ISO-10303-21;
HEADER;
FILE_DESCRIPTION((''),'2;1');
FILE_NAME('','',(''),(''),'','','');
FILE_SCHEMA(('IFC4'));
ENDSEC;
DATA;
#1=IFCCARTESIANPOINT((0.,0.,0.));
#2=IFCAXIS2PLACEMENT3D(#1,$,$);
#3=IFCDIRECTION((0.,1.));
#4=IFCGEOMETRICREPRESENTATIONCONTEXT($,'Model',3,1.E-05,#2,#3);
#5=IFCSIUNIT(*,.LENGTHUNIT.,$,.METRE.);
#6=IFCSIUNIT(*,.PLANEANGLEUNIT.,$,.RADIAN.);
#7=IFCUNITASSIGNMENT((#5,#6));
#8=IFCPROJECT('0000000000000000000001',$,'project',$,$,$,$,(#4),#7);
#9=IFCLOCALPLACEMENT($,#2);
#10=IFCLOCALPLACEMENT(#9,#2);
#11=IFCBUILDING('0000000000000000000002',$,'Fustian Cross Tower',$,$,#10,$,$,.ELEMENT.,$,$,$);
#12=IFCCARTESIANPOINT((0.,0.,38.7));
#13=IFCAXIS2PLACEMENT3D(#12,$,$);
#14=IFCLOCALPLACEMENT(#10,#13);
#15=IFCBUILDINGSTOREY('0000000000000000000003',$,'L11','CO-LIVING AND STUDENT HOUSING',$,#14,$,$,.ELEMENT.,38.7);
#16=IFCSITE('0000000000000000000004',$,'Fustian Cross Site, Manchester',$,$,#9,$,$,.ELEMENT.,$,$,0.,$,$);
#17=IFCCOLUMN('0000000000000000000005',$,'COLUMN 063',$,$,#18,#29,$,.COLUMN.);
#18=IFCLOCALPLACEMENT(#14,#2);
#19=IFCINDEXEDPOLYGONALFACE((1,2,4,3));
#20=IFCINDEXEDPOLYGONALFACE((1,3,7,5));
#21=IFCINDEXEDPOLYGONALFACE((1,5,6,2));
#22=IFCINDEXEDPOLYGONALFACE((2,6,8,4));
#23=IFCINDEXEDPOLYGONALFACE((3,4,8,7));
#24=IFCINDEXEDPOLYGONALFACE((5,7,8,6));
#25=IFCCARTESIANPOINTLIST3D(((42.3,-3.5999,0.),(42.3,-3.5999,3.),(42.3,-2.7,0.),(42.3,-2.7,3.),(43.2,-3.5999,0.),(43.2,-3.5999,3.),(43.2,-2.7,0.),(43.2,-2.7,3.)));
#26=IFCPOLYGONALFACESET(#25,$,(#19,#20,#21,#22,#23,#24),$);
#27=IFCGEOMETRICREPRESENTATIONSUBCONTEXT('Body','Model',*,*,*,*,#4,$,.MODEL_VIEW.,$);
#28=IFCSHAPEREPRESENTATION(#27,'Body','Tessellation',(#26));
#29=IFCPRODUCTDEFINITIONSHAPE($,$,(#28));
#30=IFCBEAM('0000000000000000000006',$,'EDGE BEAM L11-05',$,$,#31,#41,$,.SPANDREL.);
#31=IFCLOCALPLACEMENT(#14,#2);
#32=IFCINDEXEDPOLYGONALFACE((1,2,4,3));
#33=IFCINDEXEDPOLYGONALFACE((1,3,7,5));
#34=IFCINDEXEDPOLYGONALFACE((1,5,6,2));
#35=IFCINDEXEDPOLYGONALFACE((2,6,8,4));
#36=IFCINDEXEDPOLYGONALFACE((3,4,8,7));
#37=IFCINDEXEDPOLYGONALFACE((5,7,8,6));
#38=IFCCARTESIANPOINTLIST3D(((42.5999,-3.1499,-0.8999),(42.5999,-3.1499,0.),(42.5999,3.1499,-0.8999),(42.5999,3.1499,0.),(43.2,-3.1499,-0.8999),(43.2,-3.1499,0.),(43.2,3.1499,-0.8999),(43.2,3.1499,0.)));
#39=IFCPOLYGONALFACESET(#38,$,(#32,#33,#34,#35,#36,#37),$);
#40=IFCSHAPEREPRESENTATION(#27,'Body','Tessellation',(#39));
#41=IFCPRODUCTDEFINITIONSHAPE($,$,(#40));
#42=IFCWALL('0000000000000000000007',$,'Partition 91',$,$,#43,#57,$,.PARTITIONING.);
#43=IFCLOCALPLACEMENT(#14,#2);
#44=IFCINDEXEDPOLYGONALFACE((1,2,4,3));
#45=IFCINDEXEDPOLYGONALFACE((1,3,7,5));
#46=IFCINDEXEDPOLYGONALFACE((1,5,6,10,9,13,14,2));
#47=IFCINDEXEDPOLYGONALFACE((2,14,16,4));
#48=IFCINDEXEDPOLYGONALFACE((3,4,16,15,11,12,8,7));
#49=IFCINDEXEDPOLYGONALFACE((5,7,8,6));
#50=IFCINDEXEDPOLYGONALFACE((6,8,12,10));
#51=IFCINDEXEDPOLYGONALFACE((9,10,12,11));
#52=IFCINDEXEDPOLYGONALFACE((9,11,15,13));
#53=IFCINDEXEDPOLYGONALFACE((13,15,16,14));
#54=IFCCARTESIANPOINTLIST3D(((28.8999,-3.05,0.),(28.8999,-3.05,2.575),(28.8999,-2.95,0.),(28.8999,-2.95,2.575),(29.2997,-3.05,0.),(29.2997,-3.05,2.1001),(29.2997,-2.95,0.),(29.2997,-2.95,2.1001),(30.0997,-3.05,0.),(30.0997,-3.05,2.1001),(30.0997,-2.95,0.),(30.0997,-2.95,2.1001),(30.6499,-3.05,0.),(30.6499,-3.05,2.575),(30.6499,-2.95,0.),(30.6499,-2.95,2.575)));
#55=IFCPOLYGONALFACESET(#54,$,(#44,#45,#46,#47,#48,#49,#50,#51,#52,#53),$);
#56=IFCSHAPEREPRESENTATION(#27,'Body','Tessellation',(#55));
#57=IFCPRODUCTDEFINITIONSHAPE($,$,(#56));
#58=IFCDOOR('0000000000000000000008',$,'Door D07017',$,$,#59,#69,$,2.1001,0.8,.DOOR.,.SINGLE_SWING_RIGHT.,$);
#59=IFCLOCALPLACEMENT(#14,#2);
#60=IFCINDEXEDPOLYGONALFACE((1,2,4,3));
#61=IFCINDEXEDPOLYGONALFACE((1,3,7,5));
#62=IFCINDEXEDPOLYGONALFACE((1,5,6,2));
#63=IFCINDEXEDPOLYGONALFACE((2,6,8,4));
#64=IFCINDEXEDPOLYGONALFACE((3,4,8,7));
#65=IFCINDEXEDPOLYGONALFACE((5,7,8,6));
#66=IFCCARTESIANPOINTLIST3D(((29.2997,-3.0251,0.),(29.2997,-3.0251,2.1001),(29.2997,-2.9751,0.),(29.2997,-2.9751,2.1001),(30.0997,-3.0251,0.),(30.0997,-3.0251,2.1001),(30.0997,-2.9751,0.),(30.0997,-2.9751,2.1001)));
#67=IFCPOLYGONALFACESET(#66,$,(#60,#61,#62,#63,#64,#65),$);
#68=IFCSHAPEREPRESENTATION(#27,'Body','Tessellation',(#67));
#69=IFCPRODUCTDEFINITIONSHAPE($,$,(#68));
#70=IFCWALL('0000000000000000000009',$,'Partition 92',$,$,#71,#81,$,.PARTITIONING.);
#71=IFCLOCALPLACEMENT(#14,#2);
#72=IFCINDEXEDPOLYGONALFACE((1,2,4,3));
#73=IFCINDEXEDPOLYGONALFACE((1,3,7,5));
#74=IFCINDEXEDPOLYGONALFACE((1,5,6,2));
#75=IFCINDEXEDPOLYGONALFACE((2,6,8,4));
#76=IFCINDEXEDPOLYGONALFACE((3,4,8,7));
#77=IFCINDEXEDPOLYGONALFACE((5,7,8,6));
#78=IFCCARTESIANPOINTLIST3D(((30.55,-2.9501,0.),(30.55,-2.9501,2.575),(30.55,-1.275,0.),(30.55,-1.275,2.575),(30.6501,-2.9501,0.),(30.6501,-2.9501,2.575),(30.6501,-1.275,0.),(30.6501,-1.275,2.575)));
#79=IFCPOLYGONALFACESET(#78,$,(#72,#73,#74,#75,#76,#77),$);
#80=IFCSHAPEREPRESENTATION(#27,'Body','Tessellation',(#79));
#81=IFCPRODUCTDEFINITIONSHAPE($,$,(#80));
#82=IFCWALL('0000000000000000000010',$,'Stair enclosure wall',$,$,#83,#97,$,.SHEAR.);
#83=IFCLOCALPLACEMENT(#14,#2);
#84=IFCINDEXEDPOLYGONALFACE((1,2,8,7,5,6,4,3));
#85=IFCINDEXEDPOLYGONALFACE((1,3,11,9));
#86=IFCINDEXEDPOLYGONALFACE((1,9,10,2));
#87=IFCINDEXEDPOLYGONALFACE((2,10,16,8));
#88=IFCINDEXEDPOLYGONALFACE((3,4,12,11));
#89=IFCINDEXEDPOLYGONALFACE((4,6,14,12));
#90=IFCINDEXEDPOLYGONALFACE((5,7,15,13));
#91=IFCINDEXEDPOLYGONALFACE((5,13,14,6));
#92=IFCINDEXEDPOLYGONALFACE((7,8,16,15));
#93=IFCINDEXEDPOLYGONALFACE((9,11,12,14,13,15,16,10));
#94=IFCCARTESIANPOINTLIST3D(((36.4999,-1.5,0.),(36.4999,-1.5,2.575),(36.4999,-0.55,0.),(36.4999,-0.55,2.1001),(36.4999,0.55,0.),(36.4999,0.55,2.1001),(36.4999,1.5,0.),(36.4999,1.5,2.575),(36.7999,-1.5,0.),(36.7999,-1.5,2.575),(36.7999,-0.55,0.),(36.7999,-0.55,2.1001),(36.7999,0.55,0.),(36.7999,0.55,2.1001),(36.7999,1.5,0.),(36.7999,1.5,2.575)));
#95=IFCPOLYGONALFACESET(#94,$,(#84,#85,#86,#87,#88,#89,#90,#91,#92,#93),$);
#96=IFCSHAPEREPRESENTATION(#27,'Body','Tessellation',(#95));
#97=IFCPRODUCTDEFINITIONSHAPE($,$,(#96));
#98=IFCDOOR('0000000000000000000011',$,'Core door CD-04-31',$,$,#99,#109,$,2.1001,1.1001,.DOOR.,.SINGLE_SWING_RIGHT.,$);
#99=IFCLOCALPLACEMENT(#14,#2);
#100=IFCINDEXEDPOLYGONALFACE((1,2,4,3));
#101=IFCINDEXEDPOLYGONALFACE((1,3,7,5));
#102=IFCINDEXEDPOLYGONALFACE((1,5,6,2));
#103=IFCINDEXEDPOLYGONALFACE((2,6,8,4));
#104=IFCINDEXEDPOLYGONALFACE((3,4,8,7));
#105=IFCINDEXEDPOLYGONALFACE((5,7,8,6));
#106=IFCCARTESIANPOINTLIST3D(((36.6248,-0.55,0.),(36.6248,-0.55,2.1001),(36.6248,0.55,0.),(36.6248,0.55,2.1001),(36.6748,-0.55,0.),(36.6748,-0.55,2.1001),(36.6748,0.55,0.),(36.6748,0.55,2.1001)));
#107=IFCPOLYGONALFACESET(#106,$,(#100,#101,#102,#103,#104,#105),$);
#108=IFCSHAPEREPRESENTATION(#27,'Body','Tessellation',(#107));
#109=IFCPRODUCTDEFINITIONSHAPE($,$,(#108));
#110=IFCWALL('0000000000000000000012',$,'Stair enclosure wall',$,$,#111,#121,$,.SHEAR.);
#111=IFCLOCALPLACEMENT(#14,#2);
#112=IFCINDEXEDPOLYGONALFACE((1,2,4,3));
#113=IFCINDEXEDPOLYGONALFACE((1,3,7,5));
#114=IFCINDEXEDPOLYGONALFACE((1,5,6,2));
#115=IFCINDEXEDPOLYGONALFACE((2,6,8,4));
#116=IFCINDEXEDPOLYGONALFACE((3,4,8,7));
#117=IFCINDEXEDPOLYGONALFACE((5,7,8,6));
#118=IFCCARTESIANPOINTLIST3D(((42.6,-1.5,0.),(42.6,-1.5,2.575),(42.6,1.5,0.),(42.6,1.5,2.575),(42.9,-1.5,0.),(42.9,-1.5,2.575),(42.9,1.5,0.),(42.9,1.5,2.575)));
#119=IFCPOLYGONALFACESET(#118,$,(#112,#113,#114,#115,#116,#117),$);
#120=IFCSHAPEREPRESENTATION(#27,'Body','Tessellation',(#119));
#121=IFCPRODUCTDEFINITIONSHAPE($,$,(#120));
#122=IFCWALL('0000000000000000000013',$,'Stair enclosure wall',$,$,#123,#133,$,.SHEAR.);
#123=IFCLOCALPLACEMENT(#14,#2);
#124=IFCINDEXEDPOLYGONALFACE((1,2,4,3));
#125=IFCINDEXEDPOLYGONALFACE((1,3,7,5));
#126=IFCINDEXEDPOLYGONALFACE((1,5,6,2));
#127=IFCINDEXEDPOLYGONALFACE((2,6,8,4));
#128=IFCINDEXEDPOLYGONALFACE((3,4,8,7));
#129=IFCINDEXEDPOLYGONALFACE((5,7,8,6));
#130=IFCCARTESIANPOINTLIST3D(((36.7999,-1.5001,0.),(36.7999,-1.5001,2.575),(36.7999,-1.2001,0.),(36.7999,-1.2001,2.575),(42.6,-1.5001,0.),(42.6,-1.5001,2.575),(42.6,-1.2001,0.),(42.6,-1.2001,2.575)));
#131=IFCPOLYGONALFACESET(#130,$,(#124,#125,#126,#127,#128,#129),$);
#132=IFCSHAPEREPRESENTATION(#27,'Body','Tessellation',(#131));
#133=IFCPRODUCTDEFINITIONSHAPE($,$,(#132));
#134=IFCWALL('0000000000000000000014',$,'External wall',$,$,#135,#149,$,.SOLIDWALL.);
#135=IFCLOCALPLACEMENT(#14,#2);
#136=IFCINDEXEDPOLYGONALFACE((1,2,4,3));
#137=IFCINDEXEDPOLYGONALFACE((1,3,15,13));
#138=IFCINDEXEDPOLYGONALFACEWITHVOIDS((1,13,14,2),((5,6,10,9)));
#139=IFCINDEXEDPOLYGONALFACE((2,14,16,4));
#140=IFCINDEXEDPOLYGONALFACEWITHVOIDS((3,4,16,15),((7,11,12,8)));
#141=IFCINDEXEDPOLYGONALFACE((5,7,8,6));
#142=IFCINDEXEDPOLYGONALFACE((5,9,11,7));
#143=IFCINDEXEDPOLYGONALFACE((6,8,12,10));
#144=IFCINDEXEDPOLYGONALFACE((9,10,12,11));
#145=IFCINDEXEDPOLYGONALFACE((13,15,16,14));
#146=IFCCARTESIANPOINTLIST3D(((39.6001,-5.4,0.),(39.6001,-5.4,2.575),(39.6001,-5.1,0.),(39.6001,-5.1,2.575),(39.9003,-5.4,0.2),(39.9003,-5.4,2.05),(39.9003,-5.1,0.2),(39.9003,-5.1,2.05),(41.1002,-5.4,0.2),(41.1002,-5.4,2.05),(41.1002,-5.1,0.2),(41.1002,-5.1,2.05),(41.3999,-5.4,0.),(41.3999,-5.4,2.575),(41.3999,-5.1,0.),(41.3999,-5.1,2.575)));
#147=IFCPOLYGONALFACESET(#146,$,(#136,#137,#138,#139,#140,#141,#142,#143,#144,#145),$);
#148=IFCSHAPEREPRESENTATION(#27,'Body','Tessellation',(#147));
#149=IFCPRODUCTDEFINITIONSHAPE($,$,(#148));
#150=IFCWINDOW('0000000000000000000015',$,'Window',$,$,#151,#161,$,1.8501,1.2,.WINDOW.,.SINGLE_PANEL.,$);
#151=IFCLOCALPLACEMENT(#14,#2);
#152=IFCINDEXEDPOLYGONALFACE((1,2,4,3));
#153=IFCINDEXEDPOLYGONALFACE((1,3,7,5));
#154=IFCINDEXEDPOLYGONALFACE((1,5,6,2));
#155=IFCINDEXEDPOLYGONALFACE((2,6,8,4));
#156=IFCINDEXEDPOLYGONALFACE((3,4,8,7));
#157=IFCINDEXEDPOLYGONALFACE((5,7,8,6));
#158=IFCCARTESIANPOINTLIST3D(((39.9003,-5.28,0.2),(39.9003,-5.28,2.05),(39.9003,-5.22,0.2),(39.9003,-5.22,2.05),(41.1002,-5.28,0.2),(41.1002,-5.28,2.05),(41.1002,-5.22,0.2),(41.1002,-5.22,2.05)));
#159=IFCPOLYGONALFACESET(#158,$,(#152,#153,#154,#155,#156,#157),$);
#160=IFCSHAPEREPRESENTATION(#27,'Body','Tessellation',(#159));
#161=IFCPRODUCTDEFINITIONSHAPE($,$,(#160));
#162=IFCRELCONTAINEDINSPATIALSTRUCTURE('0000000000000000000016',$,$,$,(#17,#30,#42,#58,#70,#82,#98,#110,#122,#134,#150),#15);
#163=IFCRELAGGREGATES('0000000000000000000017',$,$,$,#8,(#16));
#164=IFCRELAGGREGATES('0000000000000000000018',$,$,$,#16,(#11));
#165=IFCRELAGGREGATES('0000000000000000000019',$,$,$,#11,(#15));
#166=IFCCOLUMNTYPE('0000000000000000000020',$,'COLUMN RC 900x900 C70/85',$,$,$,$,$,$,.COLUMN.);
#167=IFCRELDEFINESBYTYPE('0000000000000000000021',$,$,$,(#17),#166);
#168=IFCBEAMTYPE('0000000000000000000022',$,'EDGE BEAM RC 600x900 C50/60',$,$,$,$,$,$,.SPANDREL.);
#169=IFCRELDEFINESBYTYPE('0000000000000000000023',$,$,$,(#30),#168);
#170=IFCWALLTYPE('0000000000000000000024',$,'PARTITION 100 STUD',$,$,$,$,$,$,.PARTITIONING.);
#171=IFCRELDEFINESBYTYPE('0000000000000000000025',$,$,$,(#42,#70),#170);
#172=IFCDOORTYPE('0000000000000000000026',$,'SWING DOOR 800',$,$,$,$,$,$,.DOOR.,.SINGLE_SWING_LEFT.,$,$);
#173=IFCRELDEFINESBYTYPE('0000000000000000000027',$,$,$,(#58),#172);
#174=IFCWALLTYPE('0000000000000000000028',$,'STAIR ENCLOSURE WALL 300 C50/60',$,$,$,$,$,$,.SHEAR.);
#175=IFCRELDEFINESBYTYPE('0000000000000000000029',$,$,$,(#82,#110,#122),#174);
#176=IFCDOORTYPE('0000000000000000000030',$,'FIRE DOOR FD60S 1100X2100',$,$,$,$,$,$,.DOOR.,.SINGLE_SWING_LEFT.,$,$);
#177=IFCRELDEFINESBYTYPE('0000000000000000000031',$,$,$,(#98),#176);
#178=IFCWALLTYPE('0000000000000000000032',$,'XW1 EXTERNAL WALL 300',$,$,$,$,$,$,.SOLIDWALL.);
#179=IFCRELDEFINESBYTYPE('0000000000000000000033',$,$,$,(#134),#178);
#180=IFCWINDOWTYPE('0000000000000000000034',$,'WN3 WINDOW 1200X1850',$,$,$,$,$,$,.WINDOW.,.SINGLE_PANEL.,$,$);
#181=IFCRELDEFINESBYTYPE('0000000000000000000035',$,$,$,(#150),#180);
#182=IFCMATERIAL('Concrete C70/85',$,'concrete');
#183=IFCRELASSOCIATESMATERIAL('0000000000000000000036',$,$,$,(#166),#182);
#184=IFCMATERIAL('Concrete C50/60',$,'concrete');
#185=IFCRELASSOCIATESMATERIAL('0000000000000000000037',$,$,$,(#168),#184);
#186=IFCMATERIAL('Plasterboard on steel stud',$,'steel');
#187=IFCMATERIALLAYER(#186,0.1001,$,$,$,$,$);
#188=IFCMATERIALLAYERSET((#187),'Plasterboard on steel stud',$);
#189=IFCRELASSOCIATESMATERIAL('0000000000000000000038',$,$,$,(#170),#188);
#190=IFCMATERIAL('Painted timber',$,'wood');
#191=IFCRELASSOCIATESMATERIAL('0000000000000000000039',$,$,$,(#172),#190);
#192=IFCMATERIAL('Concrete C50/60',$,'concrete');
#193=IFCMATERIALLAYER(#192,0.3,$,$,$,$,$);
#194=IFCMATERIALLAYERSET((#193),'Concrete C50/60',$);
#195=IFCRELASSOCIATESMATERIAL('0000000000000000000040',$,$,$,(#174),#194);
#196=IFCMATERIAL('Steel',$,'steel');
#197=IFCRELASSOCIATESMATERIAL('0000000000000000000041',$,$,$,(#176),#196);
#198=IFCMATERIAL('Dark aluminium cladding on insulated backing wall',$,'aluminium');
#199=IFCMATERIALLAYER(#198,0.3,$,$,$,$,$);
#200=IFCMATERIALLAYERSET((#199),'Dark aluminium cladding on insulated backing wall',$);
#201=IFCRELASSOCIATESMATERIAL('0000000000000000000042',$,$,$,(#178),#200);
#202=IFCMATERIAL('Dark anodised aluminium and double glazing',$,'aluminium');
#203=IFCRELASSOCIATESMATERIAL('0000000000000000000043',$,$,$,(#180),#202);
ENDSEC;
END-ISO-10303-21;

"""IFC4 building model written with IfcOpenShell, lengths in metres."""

from ifc_helpers import new_model, si_unit, direction, frame, frame_2d, origin, origin_2d, place, context, subcontext, project, spatial, rectangle, extrude, material, layer, layer_set, material_profile, profile_set, type_object, element, fill, save


model = new_model("IFC4")

# Units and contexts
model_context = context("Model", 3, precision=1e-05, world=origin(), true_north=direction((0.0, 1.0)))
body_context = subcontext(model_context, "Body", "Model", "MODEL_VIEW")
ifc_project = project(units=[si_unit("LENGTHUNIT", "METRE"), si_unit("PLANEANGLEUNIT", "RADIAN")], contexts=[model_context])

# Site, building, storey
site_placement = place(None, origin())
site = spatial("IfcSite", under=ifc_project, at=site_placement, Name="Fustian Cross Site, Manchester", CompositionType="ELEMENT", RefElevation=0.0)
building_placement = place(site_placement, origin())
building = spatial("IfcBuilding", under=site, at=building_placement, Name="Fustian Cross Tower", CompositionType="ELEMENT")
storey_placement = place(building_placement, frame((0.0, 0.0, 38.7)))
storey = spatial("IfcBuildingStorey", under=building, at=storey_placement, Name="L11", Description="CO-LIVING AND STUDENT HOUSING", CompositionType="ELEMENT", Elevation=38.7)

# Column
ifc_material_1 = material(Name="Concrete C70/85", Category="concrete")
ifc_material_profile_1 = material_profile(ifc_material_1, rectangle(XDim=0.8999, YDim=0.8999, at=origin_2d()), Name="RC 900x900")
ifc_profile_set_1 = profile_set([ifc_material_profile_1], Name="Concrete C70/85")
column_type = type_object("IfcColumnType", Name="COLUMN RC 900x900 C70/85", PredefinedType="COLUMN", material=ifc_profile_set_1)
column_placement = place(storey_placement, frame((42.75, -3.1499, 0.0), z_axis=(0.0, 0.0, 1.0), x_axis=(1.0, 0.0, 0.0)))
element("IfcColumn", 1, at=column_placement, inside=storey, type_object=column_type, Name="COLUMN 063", PredefinedType="COLUMN", context=body_context, shape_type="SweptSolid", body=[
    extrude(rectangle(XDim=0.8999, YDim=0.8999, at=origin_2d()), origin(), (0.0, 0.0, 1.0), 3.0),
])

# Beam
ifc_material_2 = material(Name="Concrete C50/60", Category="concrete")
ifc_material_profile_2 = material_profile(ifc_material_2, rectangle(XDim=0.6001, YDim=0.8999, at=origin_2d()), Name="RC 600x900")
ifc_profile_set_2 = profile_set([ifc_material_profile_2], Name="Concrete C50/60")
beam_type = type_object("IfcBeamType", Name="EDGE BEAM RC 600x900 C50/60", PredefinedType="SPANDREL", material=ifc_profile_set_2)
beam_placement = place(storey_placement, frame((42.8999, -3.1499, -0.45), z_axis=(0.0, 1.0, 0.0), x_axis=(-1.0, 0.0, 0.0)))
element("IfcBeam", 2, at=beam_placement, inside=storey, type_object=beam_type, Name="EDGE BEAM L11-05", PredefinedType="SPANDREL", context=body_context, shape_type="SweptSolid", body=[
    extrude(rectangle(XDim=0.6001, YDim=0.8999, at=origin_2d()), origin(), (0.0, 0.0, 1.0), 6.2998),
])

# Wall, opening, door
ifc_material_3 = material(Name="Plasterboard on steel stud", Category="steel")
ifc_layer_1 = layer(ifc_material_3, 0.1001)
ifc_layer_set_1 = layer_set([ifc_layer_1], Name="Plasterboard on steel stud")
wall_type_1 = type_object("IfcWallType", Name="PARTITION 100 STUD", PredefinedType="PARTITIONING", material=ifc_layer_set_1)
wall_1_placement = place(storey_placement, frame((28.8999, -3.0, 0.0), z_axis=(0.0, 0.0, 1.0), x_axis=(1.0, 0.0, 0.0)))
wall_1 = element("IfcWall", 3, at=wall_1_placement, inside=storey, type_object=wall_type_1, Name="Partition 91", PredefinedType="PARTITIONING", context=body_context, shape_type="SweptSolid", body=[
    extrude(rectangle(XDim=1.75, YDim=0.1001, at=frame_2d((0.875, 0.0))), origin(), (0.0, 0.0, 1.0), 2.575),
])
opening_1_placement = place(wall_1_placement, frame((0.3999, 0.0, 0.0)))
opening_1 = element("IfcOpeningElement", 4, at=opening_1_placement, cuts=wall_1, PredefinedType="OPENING", context=body_context, shape_type="SweptSolid", body=[
    extrude(rectangle(XDim=0.8, YDim=2.1001, at=frame_2d((0.3999, 1.05))), frame((0.0, 0.0601, 0.0), z_axis=(0.0, -1.0, 0.0), x_axis=(1.0, 0.0, 0.0)), (0.0, 0.0, 1.0), 0.1201),
])
ifc_material_4 = material(Name="Painted timber", Category="wood")
door_type_1 = type_object("IfcDoorType", Name="SWING DOOR 800", OperationType="SINGLE_SWING_LEFT", PredefinedType="DOOR", material=ifc_material_4)
door_1_placement = place(opening_1_placement, origin())
door_1 = element("IfcDoor", 5, at=door_1_placement, inside=storey, type_object=door_type_1, Name="Door D07017", OperationType="SINGLE_SWING_RIGHT", OverallHeight=2.1001, OverallWidth=0.8, PredefinedType="DOOR", context=body_context, shape_type="SweptSolid", body=[
    extrude(rectangle(XDim=0.8, YDim=2.1001, at=frame_2d((0.3999, 1.05))), frame((0.0, 0.0249, 0.0), z_axis=(0.0, -1.0, 0.0), x_axis=(1.0, 0.0, 0.0)), (0.0, 0.0, 1.0), 0.05),
])
fill(opening_1, door_1)

# Wall
wall_2_placement = place(storey_placement, frame((30.6001, -2.95, 0.0), z_axis=(0.0, 0.0, 1.0), x_axis=(0.0, 1.0, 0.0)))
element("IfcWall", 6, at=wall_2_placement, inside=storey, type_object=wall_type_1, Name="Partition 92", PredefinedType="PARTITIONING", context=body_context, shape_type="SweptSolid", body=[
    extrude(rectangle(XDim=1.675, YDim=0.1001, at=frame_2d((0.8374, 0.0))), origin(), (0.0, 0.0, 1.0), 2.575),
])

# Wall, opening, door
ifc_material_5 = material(Name="Concrete C50/60", Category="concrete")
ifc_layer_2 = layer(ifc_material_5, 0.3)
ifc_layer_set_2 = layer_set([ifc_layer_2], Name="Concrete C50/60")
wall_type_2 = type_object("IfcWallType", Name="STAIR ENCLOSURE WALL 300 C50/60", PredefinedType="SHEAR", material=ifc_layer_set_2)
wall_3_placement = place(storey_placement, frame((36.6499, -1.5, 0.0), z_axis=(0.0, 0.0, 1.0), x_axis=(0.0, 1.0, 0.0)))
wall_3 = element("IfcWall", 7, at=wall_3_placement, inside=storey, type_object=wall_type_2, Name="Stair enclosure wall", PredefinedType="SHEAR", context=body_context, shape_type="SweptSolid", body=[
    extrude(rectangle(XDim=3.0, YDim=0.3, at=frame_2d((1.5, 0.0))), origin(), (0.0, 0.0, 1.0), 2.575),
])
opening_2_placement = place(wall_3_placement, frame((0.95, 0.0, 0.0)))
opening_2 = element("IfcOpeningElement", 8, at=opening_2_placement, cuts=wall_3, PredefinedType="OPENING", context=body_context, shape_type="SweptSolid", body=[
    extrude(rectangle(XDim=1.1001, YDim=2.1001, at=frame_2d((0.55, 1.05))), frame((0.0, 0.1599, 0.0), z_axis=(0.0, -1.0, 0.0), x_axis=(1.0, 0.0, 0.0)), (0.0, 0.0, 1.0), 0.3201),
])
ifc_material_6 = material(Name="Steel", Category="steel")
door_type_2 = type_object("IfcDoorType", Name="FIRE DOOR FD60S 1100X2100", OperationType="SINGLE_SWING_LEFT", PredefinedType="DOOR", material=ifc_material_6)
door_2_placement = place(opening_2_placement, frame((1.1001, 0.0, 0.0), z_axis=(0.0, 0.0, 1.0), x_axis=(-1.0, 0.0, 0.0)))
door_2 = element("IfcDoor", 9, at=door_2_placement, inside=storey, type_object=door_type_2, Name="Core door CD-04-31", OperationType="SINGLE_SWING_RIGHT", OverallHeight=2.1001, OverallWidth=1.1001, PredefinedType="DOOR", context=body_context, shape_type="SweptSolid", body=[
    extrude(rectangle(XDim=1.1001, YDim=2.1001, at=frame_2d((0.55, 1.05))), frame((0.0, 0.0249, 0.0), z_axis=(0.0, -1.0, 0.0), x_axis=(1.0, 0.0, 0.0)), (0.0, 0.0, 1.0), 0.05),
])
fill(opening_2, door_2)

# Walls
wall_4_placement = place(storey_placement, frame((42.75, -1.5, 0.0), z_axis=(0.0, 0.0, 1.0), x_axis=(0.0, 1.0, 0.0)))
element("IfcWall", 10, at=wall_4_placement, inside=storey, type_object=wall_type_2, Name="Stair enclosure wall", PredefinedType="SHEAR", context=body_context, shape_type="SweptSolid", body=[
    extrude(rectangle(XDim=3.0, YDim=0.3, at=frame_2d((1.5, 0.0))), origin(), (0.0, 0.0, 1.0), 2.575),
])
wall_5_placement = place(storey_placement, frame((36.8, -1.3501, 0.0), z_axis=(0.0, 0.0, 1.0), x_axis=(1.0, 0.0, 0.0)))
element("IfcWall", 11, at=wall_5_placement, inside=storey, type_object=wall_type_2, Name="Stair enclosure wall", PredefinedType="SHEAR", context=body_context, shape_type="SweptSolid", body=[
    extrude(rectangle(XDim=5.8, YDim=0.3, at=frame_2d((2.8999, 0.0))), origin(), (0.0, 0.0, 1.0), 2.575),
])

# Wall, opening, window
ifc_material_7 = material(Name="Dark aluminium cladding on insulated backing wall", Category="aluminium")
ifc_layer_3 = layer(ifc_material_7, 0.3)
ifc_layer_set_3 = layer_set([ifc_layer_3], Name="Dark aluminium cladding on insulated backing wall")
wall_type_3 = type_object("IfcWallType", Name="XW1 EXTERNAL WALL 300", PredefinedType="SOLIDWALL", material=ifc_layer_set_3)
wall_6_placement = place(storey_placement, frame((39.6001, -5.25, 0.0), z_axis=(0.0, 0.0, 1.0), x_axis=(1.0, 0.0, 0.0)))
wall_6 = element("IfcWall", 12, at=wall_6_placement, inside=storey, type_object=wall_type_3, Name="External wall", PredefinedType="SOLIDWALL", context=body_context, shape_type="SweptSolid", body=[
    extrude(rectangle(XDim=1.7998, YDim=0.3, at=frame_2d((0.8999, 0.0))), origin(), (0.0, 0.0, 1.0), 2.575),
])
opening_3_placement = place(wall_6_placement, frame((0.3, 0.0, 0.2)))
opening_3 = element("IfcOpeningElement", 13, at=opening_3_placement, cuts=wall_6, PredefinedType="OPENING", context=body_context, shape_type="SweptSolid", body=[
    extrude(rectangle(XDim=1.2, YDim=1.8501, at=frame_2d((0.6001, 0.925))), frame((0.0, 0.1599, 0.0), z_axis=(0.0, -1.0, 0.0), x_axis=(1.0, 0.0, 0.0)), (0.0, 0.0, 1.0), 0.3201),
])
ifc_material_8 = material(Name="Dark anodised aluminium and double glazing", Category="aluminium")
window_type_1 = type_object("IfcWindowType", Name="WN3 WINDOW 1200X1850", PartitioningType="SINGLE_PANEL", PredefinedType="WINDOW", material=ifc_material_8)
window_1_placement = place(opening_3_placement, origin())
window_1 = element("IfcWindow", 14, at=window_1_placement, inside=storey, type_object=window_type_1, Name="Window", OverallHeight=1.8501, OverallWidth=1.2, PartitioningType="SINGLE_PANEL", PredefinedType="WINDOW", context=body_context, shape_type="SweptSolid", body=[
    extrude(rectangle(XDim=1.2, YDim=1.8501, at=frame_2d((0.6001, 0.925))), frame((0.0, 0.03, 0.0), z_axis=(0.0, -1.0, 0.0), x_axis=(1.0, 0.0, 0.0)), (0.0, 0.0, 1.0), 0.0601),
])
fill(opening_3, window_1)

save(model, "model.ifc")
